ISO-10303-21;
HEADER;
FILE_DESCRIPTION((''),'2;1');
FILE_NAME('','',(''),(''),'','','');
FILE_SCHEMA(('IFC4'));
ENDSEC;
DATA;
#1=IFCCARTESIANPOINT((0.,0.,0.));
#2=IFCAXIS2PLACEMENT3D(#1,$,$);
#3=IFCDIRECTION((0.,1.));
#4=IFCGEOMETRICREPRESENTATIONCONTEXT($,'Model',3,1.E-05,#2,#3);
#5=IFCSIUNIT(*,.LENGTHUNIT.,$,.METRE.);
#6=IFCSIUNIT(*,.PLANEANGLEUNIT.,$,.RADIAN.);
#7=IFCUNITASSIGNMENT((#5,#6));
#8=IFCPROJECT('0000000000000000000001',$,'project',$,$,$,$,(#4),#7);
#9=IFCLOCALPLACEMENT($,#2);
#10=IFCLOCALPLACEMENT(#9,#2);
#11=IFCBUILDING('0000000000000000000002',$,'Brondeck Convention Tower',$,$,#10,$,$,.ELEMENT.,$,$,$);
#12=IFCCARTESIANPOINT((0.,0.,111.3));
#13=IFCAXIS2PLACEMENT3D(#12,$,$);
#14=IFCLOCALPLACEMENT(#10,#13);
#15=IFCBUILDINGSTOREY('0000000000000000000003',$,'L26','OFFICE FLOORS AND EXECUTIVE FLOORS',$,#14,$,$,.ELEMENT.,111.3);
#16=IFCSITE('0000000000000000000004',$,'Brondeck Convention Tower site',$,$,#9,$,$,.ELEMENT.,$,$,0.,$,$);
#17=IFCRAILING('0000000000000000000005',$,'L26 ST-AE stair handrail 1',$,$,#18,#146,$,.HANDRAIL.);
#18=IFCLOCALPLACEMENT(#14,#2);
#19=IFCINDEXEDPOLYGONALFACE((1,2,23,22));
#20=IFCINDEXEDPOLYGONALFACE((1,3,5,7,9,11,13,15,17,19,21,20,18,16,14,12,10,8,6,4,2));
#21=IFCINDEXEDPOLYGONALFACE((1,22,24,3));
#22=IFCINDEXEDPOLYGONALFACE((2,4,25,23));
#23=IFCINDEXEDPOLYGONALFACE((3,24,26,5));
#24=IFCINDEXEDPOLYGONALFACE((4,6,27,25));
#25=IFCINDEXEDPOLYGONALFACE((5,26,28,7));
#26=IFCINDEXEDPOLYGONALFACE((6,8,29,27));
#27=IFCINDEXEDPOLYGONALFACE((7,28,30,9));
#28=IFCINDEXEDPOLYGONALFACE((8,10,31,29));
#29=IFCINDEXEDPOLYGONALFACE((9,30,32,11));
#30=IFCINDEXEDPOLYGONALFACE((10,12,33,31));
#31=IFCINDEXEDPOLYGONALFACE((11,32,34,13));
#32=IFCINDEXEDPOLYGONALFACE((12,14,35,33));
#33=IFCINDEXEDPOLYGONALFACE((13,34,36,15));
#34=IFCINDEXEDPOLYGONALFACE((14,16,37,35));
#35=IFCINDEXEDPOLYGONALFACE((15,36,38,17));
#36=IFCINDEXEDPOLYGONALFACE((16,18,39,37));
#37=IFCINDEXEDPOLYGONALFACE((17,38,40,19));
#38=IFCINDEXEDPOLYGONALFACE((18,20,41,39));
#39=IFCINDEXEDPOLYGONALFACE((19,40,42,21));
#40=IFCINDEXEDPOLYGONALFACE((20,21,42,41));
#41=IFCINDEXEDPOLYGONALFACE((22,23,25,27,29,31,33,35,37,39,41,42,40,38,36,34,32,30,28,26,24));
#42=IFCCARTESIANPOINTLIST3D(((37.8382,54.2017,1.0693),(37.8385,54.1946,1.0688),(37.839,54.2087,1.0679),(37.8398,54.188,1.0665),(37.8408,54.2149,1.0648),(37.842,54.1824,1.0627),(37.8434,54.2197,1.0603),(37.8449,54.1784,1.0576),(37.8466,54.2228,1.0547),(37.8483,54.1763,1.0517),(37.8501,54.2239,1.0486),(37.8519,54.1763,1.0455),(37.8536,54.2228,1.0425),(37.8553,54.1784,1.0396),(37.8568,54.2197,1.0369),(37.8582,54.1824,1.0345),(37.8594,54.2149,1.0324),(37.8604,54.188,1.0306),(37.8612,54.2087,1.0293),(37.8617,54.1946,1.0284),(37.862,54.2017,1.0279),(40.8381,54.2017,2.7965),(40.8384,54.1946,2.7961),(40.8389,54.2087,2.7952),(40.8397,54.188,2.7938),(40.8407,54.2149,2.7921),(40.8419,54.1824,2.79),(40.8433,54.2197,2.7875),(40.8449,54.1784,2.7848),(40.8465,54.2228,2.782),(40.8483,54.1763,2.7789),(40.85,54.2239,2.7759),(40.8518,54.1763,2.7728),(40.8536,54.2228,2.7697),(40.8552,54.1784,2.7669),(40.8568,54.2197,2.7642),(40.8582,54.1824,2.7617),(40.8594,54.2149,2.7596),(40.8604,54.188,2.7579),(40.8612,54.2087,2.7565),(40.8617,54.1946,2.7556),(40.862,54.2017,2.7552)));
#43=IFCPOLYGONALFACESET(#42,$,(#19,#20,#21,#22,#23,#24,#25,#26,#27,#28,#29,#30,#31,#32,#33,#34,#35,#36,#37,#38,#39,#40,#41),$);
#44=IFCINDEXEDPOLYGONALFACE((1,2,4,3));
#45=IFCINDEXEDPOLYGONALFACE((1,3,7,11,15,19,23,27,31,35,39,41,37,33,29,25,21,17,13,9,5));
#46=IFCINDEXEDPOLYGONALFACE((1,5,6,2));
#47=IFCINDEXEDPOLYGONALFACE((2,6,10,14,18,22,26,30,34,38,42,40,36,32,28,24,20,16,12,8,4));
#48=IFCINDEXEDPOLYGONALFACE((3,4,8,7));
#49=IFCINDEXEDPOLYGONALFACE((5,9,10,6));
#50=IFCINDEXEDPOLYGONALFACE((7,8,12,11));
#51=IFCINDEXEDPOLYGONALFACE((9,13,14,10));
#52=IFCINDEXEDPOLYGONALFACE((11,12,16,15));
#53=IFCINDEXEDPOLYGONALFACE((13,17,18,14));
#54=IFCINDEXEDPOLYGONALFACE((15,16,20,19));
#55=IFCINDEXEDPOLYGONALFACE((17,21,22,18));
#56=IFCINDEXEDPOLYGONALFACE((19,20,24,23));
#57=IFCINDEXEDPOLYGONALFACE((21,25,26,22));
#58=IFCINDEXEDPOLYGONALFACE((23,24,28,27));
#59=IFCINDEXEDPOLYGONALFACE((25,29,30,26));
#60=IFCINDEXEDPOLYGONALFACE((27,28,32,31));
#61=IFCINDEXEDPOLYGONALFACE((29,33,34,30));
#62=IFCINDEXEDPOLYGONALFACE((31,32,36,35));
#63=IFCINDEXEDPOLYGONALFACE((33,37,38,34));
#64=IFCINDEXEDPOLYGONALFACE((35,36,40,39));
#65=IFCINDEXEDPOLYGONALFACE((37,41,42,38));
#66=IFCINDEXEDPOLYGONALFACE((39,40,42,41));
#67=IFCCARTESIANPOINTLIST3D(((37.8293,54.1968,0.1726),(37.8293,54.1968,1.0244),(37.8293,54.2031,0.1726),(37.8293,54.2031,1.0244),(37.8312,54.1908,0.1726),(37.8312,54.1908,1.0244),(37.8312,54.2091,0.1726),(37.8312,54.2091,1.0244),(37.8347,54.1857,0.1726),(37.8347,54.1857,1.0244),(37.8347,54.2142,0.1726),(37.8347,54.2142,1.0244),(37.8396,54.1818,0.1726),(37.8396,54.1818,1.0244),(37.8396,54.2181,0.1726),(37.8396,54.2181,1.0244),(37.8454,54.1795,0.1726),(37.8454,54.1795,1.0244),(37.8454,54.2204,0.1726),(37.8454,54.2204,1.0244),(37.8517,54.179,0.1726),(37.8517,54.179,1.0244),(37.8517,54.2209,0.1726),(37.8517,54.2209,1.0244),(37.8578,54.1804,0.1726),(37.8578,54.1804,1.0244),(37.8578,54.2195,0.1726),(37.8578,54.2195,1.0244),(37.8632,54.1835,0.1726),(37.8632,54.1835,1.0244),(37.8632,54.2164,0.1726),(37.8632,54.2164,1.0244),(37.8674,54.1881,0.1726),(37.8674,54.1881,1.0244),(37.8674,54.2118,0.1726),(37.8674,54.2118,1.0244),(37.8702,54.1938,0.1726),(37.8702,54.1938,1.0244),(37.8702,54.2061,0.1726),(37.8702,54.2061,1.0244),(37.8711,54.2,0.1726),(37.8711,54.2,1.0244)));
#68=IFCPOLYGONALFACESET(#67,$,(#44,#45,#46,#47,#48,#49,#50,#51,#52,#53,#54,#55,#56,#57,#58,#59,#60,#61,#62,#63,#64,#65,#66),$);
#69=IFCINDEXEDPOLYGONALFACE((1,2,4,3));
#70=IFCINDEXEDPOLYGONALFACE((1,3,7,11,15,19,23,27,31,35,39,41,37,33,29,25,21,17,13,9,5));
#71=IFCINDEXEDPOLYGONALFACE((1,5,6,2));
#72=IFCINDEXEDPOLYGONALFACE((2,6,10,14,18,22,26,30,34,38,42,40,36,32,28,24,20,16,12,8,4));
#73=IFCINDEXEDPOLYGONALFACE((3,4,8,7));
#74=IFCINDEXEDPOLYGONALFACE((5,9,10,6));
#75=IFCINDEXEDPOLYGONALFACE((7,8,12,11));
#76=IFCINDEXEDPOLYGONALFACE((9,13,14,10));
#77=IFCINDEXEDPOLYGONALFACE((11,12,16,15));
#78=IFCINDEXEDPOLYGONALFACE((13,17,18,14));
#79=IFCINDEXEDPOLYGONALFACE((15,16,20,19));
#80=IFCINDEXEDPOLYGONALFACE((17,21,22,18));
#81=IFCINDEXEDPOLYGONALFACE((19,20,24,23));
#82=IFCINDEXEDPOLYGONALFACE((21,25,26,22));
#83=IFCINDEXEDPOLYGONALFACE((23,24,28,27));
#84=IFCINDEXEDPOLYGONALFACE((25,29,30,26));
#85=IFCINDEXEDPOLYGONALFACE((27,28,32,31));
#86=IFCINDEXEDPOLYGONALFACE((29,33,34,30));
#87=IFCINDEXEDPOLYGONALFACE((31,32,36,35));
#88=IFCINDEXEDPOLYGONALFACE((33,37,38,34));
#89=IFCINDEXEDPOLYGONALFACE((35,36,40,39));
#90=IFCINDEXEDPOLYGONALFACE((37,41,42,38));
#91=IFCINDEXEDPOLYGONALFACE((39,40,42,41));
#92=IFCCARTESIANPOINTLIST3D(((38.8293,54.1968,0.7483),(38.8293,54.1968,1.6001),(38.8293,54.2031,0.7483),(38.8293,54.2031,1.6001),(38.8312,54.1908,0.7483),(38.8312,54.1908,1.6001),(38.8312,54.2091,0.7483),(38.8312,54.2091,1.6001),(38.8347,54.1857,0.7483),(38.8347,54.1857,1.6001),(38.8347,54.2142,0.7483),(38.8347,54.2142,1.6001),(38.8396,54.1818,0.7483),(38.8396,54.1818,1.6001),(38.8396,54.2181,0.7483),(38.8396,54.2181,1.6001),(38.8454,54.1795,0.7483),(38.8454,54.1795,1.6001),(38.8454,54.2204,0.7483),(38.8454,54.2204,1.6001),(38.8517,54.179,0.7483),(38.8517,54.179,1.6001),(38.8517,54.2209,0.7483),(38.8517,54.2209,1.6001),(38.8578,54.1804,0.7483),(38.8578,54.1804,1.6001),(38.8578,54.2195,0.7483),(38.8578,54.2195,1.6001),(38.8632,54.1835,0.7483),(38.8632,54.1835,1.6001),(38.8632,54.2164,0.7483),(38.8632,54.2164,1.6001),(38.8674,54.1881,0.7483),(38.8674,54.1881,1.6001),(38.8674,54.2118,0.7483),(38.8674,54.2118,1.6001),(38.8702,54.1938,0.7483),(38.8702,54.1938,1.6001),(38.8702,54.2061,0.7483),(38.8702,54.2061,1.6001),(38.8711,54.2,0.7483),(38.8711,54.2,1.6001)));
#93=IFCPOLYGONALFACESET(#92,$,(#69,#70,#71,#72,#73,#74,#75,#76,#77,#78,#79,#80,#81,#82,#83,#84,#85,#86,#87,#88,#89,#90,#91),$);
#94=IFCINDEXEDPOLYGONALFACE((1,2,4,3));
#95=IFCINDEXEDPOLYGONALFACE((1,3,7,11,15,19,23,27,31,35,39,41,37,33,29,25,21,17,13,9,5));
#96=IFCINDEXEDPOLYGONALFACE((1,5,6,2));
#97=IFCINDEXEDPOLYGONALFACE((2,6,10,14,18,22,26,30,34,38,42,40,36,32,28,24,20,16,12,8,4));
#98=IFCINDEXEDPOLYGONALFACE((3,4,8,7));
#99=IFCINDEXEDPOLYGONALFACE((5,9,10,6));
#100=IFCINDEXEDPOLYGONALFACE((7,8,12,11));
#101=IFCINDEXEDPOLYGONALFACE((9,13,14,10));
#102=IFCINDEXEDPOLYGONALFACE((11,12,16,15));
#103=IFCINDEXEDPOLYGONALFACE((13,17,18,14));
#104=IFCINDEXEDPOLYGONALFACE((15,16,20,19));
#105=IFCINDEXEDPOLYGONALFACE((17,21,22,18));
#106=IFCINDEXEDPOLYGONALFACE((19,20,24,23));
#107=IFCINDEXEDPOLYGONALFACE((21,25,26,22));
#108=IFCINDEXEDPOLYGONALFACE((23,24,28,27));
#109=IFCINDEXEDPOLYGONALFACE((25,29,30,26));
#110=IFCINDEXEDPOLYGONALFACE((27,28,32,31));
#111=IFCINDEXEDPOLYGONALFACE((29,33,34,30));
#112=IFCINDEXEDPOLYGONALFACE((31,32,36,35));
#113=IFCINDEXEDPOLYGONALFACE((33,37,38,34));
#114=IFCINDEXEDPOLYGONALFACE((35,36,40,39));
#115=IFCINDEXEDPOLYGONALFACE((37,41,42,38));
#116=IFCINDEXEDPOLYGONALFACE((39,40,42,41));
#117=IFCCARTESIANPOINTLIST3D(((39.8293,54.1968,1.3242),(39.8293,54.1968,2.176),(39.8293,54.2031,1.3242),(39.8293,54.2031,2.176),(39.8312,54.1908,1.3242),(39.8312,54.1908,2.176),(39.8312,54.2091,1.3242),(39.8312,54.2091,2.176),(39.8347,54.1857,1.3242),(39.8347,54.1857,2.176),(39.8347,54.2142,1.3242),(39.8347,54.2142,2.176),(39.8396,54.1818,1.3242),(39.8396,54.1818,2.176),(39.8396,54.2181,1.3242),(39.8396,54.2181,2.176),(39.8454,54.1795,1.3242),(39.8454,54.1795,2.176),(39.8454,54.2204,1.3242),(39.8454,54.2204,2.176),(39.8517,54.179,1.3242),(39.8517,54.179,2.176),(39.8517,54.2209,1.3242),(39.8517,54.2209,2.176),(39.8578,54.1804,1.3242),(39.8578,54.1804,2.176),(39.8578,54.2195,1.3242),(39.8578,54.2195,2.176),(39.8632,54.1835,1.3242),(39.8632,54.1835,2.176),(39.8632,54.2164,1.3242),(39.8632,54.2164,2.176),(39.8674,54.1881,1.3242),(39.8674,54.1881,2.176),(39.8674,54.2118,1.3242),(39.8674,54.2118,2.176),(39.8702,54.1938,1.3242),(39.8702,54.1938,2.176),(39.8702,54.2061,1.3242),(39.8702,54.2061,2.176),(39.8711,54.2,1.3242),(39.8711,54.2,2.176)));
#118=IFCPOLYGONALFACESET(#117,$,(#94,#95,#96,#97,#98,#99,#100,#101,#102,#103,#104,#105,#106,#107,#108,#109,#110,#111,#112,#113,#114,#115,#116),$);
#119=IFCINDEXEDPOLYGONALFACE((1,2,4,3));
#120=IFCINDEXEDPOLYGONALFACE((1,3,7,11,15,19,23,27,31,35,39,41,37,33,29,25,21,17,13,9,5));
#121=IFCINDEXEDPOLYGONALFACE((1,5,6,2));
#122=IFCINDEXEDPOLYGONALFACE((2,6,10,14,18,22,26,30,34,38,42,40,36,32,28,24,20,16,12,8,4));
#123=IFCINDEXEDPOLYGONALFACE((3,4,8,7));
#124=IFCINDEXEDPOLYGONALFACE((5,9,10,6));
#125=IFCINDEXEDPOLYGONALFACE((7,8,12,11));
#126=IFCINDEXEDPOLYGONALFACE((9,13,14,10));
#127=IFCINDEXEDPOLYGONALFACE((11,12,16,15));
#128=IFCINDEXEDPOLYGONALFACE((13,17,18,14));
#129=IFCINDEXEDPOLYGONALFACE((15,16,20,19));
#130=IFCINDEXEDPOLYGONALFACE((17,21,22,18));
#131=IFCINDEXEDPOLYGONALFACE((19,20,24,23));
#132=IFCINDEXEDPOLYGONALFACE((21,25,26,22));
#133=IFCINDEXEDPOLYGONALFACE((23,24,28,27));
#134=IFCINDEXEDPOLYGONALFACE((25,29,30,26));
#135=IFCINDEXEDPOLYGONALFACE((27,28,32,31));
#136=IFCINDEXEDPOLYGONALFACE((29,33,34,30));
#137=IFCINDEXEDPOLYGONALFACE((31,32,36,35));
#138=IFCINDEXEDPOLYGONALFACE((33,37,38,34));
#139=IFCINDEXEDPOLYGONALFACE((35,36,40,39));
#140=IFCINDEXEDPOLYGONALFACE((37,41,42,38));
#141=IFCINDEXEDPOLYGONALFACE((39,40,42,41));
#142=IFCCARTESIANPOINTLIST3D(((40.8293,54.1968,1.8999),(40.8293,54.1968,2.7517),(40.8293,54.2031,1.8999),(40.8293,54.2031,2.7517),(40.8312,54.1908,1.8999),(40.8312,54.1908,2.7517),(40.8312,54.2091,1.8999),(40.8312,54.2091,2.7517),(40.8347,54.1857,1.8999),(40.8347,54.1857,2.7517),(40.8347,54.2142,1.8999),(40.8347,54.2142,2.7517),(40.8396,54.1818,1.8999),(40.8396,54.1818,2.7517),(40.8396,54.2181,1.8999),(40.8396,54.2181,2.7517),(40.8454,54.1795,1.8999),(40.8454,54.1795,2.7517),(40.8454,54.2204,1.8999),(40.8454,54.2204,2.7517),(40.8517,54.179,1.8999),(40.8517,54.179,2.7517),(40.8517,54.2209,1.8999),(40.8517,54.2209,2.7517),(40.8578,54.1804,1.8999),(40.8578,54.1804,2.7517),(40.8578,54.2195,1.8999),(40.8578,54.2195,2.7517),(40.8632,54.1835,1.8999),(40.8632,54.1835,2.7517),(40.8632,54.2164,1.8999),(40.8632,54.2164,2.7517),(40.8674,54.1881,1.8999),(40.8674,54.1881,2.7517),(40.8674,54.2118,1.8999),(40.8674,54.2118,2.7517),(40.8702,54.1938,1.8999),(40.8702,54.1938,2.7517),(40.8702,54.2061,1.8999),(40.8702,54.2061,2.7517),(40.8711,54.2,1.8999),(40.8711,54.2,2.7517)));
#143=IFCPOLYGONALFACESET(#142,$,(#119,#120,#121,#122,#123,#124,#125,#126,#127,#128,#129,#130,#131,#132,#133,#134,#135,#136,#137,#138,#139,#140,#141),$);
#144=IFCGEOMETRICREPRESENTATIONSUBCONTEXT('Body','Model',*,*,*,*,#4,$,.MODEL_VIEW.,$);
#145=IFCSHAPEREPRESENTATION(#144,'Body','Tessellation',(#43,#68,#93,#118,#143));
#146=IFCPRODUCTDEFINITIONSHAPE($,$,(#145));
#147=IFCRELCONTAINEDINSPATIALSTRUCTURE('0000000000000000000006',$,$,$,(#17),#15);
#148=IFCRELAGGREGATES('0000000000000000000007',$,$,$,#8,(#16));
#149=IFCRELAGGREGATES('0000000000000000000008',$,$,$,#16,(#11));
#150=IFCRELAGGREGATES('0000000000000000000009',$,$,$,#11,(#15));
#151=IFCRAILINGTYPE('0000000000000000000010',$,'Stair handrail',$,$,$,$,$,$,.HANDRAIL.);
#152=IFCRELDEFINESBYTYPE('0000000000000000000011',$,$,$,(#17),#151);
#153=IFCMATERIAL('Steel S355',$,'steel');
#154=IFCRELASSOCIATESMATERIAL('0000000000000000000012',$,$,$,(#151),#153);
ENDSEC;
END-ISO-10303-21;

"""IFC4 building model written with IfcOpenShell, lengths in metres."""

from ifc_helpers import new_model, si_unit, direction, frame, origin, origin_2d, place, context, subcontext, project, spatial, circle, extrude, material, type_object, element, save


model = new_model("IFC4")

# Units and contexts
model_context = context("Model", 3, precision=1e-05, world=origin(), true_north=direction((0.0, 1.0)))
body_context = subcontext(model_context, "Body", "Model", "MODEL_VIEW")
ifc_project = project(units=[si_unit("LENGTHUNIT", "METRE"), si_unit("PLANEANGLEUNIT", "RADIAN")], contexts=[model_context])

# Site, building, storey
site_placement = place(None, origin())
site = spatial("IfcSite", under=ifc_project, at=site_placement, Name="Brondeck Convention Tower site", CompositionType="ELEMENT", RefElevation=0.0)
building_placement = place(site_placement, origin())
building = spatial("IfcBuilding", under=site, at=building_placement, Name="Brondeck Convention Tower", CompositionType="ELEMENT")
storey_placement = place(building_placement, frame((0.0, 0.0, 111.3)))
storey = spatial("IfcBuildingStorey", under=building, at=storey_placement, Name="L26", Description="OFFICE FLOORS AND EXECUTIVE FLOORS", CompositionType="ELEMENT", Elevation=111.3)

# Shared definitions
ifc_material_1 = material(Name="Steel S355", Category="steel")

# Railing
railing_type_1 = type_object("IfcRailingType", Name="Stair handrail", PredefinedType="HANDRAIL", material=ifc_material_1)
railing_1_placement = place(storey_placement, frame((37.8501, 54.2, 0.1726)))
element("IfcRailing", 1, at=railing_1_placement, inside=storey, type_object=railing_type_1, Name="L26 ST-AE stair handrail 1", PredefinedType="HANDRAIL", context=body_context, shape_type="SweptSolid", body=[
    extrude(circle(Radius=0.0239, at=origin_2d()), frame((0.0, 0.0, 0.876), z_axis=(0.86662, 0.0, 0.498969), x_axis=(0.0, 1.0, 0.0)), (0.0, 0.0, 1.0), 3.4617),
    extrude(circle(Radius=0.021, at=origin_2d()), origin(), (0.0, 0.0, 1.0), 0.8518),
    extrude(circle(Radius=0.021, at=origin_2d()), frame((1.0, 0.0, 0.5757)), (0.0, 0.0, 1.0), 0.8518),
    extrude(circle(Radius=0.021, at=origin_2d()), frame((2.0, 0.0, 1.1516)), (0.0, 0.0, 1.0), 0.8518),
    extrude(circle(Radius=0.021, at=origin_2d()), frame((3.0, 0.0, 1.7273)), (0.0, 0.0, 1.0), 0.8518),
])

save(model, "model.ifc")
